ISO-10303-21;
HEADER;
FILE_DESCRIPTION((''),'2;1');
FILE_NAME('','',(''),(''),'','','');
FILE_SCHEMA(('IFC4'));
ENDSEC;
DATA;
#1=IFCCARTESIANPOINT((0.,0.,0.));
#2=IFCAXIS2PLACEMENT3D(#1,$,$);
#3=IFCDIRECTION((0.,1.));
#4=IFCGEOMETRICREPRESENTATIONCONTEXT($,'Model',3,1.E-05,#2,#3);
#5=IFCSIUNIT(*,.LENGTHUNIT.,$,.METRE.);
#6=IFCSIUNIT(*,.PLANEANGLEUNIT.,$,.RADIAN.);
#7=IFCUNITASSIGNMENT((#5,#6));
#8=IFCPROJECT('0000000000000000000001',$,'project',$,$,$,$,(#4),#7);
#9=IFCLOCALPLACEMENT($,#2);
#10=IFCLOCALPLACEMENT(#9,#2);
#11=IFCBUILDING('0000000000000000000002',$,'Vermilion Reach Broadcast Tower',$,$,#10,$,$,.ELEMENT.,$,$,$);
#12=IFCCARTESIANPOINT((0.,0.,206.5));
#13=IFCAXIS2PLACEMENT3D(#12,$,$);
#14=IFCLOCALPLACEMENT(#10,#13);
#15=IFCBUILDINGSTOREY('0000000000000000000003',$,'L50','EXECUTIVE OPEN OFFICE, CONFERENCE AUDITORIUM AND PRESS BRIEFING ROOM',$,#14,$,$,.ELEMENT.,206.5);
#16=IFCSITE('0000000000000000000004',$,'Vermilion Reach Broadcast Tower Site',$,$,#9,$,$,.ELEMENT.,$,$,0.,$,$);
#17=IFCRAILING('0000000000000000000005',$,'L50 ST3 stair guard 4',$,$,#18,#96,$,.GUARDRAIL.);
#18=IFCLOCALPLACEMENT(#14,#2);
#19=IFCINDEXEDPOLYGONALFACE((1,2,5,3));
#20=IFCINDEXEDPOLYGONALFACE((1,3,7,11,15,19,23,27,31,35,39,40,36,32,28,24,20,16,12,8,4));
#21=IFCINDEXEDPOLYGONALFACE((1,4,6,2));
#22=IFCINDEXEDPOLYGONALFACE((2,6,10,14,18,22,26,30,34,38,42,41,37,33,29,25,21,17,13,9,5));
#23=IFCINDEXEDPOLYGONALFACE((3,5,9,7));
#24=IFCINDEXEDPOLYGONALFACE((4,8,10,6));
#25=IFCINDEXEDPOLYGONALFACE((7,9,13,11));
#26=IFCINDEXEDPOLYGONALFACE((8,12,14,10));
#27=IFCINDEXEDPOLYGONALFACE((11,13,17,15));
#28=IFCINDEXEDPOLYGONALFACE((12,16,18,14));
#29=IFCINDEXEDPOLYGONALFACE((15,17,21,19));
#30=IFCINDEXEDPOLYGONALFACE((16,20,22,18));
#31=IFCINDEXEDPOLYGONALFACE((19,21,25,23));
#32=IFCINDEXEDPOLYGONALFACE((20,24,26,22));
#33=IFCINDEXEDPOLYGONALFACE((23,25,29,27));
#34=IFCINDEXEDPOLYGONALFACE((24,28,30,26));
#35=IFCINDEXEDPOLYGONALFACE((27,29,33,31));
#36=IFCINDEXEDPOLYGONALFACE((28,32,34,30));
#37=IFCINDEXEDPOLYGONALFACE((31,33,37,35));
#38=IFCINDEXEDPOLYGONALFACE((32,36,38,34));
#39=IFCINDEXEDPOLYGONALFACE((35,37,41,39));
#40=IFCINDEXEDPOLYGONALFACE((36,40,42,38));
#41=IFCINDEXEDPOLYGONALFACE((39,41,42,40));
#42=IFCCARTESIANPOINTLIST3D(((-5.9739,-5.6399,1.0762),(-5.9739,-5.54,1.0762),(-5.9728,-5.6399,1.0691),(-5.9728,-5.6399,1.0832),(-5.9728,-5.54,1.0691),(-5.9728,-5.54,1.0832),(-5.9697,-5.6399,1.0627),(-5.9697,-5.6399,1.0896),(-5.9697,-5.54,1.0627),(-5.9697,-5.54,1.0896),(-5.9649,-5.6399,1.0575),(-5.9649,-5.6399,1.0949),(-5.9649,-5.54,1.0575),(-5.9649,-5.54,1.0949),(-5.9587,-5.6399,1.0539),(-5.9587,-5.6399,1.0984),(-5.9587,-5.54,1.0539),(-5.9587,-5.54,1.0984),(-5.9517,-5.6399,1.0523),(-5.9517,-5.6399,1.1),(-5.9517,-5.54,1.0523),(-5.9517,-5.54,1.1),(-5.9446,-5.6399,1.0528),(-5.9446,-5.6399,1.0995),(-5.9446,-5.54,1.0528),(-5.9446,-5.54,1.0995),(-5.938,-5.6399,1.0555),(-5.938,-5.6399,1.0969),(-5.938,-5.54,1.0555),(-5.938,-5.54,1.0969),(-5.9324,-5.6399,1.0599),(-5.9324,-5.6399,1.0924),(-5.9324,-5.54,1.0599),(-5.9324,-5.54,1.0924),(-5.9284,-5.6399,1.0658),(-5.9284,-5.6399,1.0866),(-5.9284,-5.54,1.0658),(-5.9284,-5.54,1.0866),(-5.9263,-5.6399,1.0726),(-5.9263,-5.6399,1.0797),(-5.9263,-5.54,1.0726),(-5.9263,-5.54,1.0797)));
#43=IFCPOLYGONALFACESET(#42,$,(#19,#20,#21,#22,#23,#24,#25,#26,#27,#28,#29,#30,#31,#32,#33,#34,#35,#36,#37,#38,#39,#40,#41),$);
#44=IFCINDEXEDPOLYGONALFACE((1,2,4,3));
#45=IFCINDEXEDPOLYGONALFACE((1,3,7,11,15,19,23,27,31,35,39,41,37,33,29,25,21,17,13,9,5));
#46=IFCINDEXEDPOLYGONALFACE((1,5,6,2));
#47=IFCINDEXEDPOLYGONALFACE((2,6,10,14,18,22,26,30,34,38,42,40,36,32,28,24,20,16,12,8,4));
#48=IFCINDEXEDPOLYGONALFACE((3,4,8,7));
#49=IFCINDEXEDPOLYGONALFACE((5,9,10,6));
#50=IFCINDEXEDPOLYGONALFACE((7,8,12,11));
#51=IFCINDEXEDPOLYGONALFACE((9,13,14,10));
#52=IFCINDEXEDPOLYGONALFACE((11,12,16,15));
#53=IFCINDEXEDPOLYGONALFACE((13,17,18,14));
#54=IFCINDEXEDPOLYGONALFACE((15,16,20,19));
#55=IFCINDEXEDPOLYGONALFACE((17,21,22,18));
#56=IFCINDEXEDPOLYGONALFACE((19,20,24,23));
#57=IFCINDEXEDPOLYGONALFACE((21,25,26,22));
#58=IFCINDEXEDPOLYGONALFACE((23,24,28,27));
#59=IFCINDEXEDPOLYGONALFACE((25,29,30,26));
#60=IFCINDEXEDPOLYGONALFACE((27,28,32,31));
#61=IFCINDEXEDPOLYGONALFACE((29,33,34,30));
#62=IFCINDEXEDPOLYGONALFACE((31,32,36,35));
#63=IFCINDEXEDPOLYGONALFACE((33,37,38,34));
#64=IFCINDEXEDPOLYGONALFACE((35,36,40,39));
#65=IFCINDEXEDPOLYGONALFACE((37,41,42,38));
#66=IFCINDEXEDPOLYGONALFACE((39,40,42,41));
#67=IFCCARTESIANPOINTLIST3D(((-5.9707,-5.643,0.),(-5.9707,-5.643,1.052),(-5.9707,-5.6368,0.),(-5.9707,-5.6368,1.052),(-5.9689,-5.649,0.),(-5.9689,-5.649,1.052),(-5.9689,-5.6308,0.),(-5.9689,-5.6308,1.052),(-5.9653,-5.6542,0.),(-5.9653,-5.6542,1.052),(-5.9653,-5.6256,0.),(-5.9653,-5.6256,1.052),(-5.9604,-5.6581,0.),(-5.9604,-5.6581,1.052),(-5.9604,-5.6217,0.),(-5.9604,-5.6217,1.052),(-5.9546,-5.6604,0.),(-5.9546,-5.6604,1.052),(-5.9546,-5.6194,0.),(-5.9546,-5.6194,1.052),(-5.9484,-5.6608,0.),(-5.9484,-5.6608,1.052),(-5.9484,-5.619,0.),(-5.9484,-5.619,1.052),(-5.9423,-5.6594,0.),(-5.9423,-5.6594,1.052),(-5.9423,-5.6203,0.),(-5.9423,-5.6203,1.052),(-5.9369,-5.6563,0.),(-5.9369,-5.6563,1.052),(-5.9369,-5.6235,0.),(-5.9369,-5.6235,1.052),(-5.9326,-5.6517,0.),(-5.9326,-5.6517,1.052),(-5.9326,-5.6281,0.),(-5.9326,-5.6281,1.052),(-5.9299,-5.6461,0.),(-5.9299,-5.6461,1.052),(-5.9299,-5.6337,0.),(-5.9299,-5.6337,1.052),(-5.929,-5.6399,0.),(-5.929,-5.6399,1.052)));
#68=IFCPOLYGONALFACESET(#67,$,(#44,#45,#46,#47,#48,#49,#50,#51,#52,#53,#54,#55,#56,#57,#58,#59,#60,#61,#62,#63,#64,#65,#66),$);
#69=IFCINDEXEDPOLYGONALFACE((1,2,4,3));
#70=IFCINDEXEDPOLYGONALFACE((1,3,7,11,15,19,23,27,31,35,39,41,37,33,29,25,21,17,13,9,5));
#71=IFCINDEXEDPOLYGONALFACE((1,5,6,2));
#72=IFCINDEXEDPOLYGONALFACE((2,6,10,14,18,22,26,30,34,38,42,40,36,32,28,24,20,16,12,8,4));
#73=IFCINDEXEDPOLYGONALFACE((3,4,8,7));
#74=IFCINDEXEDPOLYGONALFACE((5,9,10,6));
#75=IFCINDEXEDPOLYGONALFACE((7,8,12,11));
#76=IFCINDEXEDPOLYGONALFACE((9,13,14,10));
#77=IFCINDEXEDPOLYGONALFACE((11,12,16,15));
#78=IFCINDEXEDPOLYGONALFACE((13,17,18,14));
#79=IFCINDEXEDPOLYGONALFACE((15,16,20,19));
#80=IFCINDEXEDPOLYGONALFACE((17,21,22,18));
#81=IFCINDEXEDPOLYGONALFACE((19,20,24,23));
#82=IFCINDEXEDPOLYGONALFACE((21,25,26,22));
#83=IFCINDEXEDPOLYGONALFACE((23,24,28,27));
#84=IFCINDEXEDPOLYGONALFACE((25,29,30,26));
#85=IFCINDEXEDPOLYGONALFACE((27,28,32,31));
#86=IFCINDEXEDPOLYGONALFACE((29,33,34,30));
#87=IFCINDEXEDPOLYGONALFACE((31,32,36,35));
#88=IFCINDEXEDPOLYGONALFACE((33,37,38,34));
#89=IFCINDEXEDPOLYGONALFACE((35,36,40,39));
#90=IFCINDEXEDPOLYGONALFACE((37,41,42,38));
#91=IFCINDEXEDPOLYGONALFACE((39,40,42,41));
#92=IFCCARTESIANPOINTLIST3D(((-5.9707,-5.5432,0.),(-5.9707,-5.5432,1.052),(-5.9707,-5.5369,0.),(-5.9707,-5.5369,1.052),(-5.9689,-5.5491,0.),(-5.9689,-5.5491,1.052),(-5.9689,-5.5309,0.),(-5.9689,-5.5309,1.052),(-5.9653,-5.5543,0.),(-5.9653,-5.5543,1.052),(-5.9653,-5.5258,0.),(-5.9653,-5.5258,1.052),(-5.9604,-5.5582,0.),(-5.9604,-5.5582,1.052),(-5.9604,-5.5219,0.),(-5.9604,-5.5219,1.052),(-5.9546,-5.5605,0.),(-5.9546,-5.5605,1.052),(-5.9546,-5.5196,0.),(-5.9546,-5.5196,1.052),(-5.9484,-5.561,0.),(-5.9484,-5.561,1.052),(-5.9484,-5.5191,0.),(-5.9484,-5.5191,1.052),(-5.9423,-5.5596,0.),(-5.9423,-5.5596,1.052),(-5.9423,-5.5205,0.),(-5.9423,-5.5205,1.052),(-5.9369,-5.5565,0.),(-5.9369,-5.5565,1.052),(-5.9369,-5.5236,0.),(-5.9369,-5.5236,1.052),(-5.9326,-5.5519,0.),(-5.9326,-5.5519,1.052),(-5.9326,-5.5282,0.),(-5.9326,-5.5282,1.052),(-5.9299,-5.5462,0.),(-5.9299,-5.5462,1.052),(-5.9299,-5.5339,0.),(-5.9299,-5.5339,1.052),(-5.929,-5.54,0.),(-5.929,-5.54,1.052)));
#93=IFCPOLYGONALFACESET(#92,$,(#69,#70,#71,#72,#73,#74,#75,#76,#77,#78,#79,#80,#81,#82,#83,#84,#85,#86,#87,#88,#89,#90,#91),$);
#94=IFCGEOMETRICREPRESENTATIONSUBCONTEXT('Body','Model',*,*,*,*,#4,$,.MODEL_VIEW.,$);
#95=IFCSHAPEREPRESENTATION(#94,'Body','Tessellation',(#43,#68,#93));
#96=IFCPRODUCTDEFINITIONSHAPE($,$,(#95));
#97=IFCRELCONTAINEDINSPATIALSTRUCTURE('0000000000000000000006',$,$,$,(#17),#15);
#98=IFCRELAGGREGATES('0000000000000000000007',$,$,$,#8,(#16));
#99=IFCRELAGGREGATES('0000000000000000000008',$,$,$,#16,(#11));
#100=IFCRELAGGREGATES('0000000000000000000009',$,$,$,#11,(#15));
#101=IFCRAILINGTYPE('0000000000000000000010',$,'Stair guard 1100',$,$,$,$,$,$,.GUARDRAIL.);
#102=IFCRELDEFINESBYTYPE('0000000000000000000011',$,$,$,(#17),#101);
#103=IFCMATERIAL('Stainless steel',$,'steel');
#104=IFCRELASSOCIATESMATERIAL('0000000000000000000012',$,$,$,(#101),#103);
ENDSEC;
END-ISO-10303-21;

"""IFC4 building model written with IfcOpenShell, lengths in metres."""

from ifc_helpers import new_model, si_unit, direction, frame, origin, origin_2d, place, context, subcontext, project, spatial, circle, extrude, material, type_object, element, save


model = new_model("IFC4")

# Units and contexts
model_context = context("Model", 3, precision=1e-05, world=origin(), true_north=direction((0.0, 1.0)))
body_context = subcontext(model_context, "Body", "Model", "MODEL_VIEW")
ifc_project = project(units=[si_unit("LENGTHUNIT", "METRE"), si_unit("PLANEANGLEUNIT", "RADIAN")], contexts=[model_context])

# Site, building, storey
site_placement = place(None, origin())
site = spatial("IfcSite", under=ifc_project, at=site_placement, Name="Vermilion Reach Broadcast Tower Site", CompositionType="ELEMENT", RefElevation=0.0)
building_placement = place(site_placement, origin())
building = spatial("IfcBuilding", under=site, at=building_placement, Name="Vermilion Reach Broadcast Tower", CompositionType="ELEMENT")
storey_placement = place(building_placement, frame((0.0, 0.0, 206.5)))
storey = spatial("IfcBuildingStorey", under=building, at=storey_placement, Name="L50", Description="EXECUTIVE OPEN OFFICE, CONFERENCE AUDITORIUM AND PRESS BRIEFING ROOM", CompositionType="ELEMENT", Elevation=206.5)

# Railing
ifc_material_1 = material(Name="Stainless steel", Category="steel")
railing_type_1 = type_object("IfcRailingType", Name="Stair guard 1100", PredefinedType="GUARDRAIL", material=ifc_material_1)
railing_1_placement = place(storey_placement, frame((-5.95, -5.6399, 0.0)))
element("IfcRailing", 1, at=railing_1_placement, inside=storey, type_object=railing_type_1, Name="L50 ST3 stair guard 4", PredefinedType="GUARDRAIL", context=body_context, shape_type="SweptSolid", body=[
    extrude(circle(Radius=0.0239, at=origin_2d()), frame((0.0, 0.0, 1.0762), z_axis=(0.0, 1.0, 0.0), x_axis=(-1.0, 0.0, 0.0)), (0.0, 0.0, 1.0), 0.0999),
    extrude(circle(Radius=0.021, at=origin_2d()), origin(), (0.0, 0.0, 1.0), 1.052),
    extrude(circle(Radius=0.021, at=origin_2d()), frame((0.0, 0.0999, 0.0)), (0.0, 0.0, 1.0), 1.052),
])

save(model, "model.ifc")
